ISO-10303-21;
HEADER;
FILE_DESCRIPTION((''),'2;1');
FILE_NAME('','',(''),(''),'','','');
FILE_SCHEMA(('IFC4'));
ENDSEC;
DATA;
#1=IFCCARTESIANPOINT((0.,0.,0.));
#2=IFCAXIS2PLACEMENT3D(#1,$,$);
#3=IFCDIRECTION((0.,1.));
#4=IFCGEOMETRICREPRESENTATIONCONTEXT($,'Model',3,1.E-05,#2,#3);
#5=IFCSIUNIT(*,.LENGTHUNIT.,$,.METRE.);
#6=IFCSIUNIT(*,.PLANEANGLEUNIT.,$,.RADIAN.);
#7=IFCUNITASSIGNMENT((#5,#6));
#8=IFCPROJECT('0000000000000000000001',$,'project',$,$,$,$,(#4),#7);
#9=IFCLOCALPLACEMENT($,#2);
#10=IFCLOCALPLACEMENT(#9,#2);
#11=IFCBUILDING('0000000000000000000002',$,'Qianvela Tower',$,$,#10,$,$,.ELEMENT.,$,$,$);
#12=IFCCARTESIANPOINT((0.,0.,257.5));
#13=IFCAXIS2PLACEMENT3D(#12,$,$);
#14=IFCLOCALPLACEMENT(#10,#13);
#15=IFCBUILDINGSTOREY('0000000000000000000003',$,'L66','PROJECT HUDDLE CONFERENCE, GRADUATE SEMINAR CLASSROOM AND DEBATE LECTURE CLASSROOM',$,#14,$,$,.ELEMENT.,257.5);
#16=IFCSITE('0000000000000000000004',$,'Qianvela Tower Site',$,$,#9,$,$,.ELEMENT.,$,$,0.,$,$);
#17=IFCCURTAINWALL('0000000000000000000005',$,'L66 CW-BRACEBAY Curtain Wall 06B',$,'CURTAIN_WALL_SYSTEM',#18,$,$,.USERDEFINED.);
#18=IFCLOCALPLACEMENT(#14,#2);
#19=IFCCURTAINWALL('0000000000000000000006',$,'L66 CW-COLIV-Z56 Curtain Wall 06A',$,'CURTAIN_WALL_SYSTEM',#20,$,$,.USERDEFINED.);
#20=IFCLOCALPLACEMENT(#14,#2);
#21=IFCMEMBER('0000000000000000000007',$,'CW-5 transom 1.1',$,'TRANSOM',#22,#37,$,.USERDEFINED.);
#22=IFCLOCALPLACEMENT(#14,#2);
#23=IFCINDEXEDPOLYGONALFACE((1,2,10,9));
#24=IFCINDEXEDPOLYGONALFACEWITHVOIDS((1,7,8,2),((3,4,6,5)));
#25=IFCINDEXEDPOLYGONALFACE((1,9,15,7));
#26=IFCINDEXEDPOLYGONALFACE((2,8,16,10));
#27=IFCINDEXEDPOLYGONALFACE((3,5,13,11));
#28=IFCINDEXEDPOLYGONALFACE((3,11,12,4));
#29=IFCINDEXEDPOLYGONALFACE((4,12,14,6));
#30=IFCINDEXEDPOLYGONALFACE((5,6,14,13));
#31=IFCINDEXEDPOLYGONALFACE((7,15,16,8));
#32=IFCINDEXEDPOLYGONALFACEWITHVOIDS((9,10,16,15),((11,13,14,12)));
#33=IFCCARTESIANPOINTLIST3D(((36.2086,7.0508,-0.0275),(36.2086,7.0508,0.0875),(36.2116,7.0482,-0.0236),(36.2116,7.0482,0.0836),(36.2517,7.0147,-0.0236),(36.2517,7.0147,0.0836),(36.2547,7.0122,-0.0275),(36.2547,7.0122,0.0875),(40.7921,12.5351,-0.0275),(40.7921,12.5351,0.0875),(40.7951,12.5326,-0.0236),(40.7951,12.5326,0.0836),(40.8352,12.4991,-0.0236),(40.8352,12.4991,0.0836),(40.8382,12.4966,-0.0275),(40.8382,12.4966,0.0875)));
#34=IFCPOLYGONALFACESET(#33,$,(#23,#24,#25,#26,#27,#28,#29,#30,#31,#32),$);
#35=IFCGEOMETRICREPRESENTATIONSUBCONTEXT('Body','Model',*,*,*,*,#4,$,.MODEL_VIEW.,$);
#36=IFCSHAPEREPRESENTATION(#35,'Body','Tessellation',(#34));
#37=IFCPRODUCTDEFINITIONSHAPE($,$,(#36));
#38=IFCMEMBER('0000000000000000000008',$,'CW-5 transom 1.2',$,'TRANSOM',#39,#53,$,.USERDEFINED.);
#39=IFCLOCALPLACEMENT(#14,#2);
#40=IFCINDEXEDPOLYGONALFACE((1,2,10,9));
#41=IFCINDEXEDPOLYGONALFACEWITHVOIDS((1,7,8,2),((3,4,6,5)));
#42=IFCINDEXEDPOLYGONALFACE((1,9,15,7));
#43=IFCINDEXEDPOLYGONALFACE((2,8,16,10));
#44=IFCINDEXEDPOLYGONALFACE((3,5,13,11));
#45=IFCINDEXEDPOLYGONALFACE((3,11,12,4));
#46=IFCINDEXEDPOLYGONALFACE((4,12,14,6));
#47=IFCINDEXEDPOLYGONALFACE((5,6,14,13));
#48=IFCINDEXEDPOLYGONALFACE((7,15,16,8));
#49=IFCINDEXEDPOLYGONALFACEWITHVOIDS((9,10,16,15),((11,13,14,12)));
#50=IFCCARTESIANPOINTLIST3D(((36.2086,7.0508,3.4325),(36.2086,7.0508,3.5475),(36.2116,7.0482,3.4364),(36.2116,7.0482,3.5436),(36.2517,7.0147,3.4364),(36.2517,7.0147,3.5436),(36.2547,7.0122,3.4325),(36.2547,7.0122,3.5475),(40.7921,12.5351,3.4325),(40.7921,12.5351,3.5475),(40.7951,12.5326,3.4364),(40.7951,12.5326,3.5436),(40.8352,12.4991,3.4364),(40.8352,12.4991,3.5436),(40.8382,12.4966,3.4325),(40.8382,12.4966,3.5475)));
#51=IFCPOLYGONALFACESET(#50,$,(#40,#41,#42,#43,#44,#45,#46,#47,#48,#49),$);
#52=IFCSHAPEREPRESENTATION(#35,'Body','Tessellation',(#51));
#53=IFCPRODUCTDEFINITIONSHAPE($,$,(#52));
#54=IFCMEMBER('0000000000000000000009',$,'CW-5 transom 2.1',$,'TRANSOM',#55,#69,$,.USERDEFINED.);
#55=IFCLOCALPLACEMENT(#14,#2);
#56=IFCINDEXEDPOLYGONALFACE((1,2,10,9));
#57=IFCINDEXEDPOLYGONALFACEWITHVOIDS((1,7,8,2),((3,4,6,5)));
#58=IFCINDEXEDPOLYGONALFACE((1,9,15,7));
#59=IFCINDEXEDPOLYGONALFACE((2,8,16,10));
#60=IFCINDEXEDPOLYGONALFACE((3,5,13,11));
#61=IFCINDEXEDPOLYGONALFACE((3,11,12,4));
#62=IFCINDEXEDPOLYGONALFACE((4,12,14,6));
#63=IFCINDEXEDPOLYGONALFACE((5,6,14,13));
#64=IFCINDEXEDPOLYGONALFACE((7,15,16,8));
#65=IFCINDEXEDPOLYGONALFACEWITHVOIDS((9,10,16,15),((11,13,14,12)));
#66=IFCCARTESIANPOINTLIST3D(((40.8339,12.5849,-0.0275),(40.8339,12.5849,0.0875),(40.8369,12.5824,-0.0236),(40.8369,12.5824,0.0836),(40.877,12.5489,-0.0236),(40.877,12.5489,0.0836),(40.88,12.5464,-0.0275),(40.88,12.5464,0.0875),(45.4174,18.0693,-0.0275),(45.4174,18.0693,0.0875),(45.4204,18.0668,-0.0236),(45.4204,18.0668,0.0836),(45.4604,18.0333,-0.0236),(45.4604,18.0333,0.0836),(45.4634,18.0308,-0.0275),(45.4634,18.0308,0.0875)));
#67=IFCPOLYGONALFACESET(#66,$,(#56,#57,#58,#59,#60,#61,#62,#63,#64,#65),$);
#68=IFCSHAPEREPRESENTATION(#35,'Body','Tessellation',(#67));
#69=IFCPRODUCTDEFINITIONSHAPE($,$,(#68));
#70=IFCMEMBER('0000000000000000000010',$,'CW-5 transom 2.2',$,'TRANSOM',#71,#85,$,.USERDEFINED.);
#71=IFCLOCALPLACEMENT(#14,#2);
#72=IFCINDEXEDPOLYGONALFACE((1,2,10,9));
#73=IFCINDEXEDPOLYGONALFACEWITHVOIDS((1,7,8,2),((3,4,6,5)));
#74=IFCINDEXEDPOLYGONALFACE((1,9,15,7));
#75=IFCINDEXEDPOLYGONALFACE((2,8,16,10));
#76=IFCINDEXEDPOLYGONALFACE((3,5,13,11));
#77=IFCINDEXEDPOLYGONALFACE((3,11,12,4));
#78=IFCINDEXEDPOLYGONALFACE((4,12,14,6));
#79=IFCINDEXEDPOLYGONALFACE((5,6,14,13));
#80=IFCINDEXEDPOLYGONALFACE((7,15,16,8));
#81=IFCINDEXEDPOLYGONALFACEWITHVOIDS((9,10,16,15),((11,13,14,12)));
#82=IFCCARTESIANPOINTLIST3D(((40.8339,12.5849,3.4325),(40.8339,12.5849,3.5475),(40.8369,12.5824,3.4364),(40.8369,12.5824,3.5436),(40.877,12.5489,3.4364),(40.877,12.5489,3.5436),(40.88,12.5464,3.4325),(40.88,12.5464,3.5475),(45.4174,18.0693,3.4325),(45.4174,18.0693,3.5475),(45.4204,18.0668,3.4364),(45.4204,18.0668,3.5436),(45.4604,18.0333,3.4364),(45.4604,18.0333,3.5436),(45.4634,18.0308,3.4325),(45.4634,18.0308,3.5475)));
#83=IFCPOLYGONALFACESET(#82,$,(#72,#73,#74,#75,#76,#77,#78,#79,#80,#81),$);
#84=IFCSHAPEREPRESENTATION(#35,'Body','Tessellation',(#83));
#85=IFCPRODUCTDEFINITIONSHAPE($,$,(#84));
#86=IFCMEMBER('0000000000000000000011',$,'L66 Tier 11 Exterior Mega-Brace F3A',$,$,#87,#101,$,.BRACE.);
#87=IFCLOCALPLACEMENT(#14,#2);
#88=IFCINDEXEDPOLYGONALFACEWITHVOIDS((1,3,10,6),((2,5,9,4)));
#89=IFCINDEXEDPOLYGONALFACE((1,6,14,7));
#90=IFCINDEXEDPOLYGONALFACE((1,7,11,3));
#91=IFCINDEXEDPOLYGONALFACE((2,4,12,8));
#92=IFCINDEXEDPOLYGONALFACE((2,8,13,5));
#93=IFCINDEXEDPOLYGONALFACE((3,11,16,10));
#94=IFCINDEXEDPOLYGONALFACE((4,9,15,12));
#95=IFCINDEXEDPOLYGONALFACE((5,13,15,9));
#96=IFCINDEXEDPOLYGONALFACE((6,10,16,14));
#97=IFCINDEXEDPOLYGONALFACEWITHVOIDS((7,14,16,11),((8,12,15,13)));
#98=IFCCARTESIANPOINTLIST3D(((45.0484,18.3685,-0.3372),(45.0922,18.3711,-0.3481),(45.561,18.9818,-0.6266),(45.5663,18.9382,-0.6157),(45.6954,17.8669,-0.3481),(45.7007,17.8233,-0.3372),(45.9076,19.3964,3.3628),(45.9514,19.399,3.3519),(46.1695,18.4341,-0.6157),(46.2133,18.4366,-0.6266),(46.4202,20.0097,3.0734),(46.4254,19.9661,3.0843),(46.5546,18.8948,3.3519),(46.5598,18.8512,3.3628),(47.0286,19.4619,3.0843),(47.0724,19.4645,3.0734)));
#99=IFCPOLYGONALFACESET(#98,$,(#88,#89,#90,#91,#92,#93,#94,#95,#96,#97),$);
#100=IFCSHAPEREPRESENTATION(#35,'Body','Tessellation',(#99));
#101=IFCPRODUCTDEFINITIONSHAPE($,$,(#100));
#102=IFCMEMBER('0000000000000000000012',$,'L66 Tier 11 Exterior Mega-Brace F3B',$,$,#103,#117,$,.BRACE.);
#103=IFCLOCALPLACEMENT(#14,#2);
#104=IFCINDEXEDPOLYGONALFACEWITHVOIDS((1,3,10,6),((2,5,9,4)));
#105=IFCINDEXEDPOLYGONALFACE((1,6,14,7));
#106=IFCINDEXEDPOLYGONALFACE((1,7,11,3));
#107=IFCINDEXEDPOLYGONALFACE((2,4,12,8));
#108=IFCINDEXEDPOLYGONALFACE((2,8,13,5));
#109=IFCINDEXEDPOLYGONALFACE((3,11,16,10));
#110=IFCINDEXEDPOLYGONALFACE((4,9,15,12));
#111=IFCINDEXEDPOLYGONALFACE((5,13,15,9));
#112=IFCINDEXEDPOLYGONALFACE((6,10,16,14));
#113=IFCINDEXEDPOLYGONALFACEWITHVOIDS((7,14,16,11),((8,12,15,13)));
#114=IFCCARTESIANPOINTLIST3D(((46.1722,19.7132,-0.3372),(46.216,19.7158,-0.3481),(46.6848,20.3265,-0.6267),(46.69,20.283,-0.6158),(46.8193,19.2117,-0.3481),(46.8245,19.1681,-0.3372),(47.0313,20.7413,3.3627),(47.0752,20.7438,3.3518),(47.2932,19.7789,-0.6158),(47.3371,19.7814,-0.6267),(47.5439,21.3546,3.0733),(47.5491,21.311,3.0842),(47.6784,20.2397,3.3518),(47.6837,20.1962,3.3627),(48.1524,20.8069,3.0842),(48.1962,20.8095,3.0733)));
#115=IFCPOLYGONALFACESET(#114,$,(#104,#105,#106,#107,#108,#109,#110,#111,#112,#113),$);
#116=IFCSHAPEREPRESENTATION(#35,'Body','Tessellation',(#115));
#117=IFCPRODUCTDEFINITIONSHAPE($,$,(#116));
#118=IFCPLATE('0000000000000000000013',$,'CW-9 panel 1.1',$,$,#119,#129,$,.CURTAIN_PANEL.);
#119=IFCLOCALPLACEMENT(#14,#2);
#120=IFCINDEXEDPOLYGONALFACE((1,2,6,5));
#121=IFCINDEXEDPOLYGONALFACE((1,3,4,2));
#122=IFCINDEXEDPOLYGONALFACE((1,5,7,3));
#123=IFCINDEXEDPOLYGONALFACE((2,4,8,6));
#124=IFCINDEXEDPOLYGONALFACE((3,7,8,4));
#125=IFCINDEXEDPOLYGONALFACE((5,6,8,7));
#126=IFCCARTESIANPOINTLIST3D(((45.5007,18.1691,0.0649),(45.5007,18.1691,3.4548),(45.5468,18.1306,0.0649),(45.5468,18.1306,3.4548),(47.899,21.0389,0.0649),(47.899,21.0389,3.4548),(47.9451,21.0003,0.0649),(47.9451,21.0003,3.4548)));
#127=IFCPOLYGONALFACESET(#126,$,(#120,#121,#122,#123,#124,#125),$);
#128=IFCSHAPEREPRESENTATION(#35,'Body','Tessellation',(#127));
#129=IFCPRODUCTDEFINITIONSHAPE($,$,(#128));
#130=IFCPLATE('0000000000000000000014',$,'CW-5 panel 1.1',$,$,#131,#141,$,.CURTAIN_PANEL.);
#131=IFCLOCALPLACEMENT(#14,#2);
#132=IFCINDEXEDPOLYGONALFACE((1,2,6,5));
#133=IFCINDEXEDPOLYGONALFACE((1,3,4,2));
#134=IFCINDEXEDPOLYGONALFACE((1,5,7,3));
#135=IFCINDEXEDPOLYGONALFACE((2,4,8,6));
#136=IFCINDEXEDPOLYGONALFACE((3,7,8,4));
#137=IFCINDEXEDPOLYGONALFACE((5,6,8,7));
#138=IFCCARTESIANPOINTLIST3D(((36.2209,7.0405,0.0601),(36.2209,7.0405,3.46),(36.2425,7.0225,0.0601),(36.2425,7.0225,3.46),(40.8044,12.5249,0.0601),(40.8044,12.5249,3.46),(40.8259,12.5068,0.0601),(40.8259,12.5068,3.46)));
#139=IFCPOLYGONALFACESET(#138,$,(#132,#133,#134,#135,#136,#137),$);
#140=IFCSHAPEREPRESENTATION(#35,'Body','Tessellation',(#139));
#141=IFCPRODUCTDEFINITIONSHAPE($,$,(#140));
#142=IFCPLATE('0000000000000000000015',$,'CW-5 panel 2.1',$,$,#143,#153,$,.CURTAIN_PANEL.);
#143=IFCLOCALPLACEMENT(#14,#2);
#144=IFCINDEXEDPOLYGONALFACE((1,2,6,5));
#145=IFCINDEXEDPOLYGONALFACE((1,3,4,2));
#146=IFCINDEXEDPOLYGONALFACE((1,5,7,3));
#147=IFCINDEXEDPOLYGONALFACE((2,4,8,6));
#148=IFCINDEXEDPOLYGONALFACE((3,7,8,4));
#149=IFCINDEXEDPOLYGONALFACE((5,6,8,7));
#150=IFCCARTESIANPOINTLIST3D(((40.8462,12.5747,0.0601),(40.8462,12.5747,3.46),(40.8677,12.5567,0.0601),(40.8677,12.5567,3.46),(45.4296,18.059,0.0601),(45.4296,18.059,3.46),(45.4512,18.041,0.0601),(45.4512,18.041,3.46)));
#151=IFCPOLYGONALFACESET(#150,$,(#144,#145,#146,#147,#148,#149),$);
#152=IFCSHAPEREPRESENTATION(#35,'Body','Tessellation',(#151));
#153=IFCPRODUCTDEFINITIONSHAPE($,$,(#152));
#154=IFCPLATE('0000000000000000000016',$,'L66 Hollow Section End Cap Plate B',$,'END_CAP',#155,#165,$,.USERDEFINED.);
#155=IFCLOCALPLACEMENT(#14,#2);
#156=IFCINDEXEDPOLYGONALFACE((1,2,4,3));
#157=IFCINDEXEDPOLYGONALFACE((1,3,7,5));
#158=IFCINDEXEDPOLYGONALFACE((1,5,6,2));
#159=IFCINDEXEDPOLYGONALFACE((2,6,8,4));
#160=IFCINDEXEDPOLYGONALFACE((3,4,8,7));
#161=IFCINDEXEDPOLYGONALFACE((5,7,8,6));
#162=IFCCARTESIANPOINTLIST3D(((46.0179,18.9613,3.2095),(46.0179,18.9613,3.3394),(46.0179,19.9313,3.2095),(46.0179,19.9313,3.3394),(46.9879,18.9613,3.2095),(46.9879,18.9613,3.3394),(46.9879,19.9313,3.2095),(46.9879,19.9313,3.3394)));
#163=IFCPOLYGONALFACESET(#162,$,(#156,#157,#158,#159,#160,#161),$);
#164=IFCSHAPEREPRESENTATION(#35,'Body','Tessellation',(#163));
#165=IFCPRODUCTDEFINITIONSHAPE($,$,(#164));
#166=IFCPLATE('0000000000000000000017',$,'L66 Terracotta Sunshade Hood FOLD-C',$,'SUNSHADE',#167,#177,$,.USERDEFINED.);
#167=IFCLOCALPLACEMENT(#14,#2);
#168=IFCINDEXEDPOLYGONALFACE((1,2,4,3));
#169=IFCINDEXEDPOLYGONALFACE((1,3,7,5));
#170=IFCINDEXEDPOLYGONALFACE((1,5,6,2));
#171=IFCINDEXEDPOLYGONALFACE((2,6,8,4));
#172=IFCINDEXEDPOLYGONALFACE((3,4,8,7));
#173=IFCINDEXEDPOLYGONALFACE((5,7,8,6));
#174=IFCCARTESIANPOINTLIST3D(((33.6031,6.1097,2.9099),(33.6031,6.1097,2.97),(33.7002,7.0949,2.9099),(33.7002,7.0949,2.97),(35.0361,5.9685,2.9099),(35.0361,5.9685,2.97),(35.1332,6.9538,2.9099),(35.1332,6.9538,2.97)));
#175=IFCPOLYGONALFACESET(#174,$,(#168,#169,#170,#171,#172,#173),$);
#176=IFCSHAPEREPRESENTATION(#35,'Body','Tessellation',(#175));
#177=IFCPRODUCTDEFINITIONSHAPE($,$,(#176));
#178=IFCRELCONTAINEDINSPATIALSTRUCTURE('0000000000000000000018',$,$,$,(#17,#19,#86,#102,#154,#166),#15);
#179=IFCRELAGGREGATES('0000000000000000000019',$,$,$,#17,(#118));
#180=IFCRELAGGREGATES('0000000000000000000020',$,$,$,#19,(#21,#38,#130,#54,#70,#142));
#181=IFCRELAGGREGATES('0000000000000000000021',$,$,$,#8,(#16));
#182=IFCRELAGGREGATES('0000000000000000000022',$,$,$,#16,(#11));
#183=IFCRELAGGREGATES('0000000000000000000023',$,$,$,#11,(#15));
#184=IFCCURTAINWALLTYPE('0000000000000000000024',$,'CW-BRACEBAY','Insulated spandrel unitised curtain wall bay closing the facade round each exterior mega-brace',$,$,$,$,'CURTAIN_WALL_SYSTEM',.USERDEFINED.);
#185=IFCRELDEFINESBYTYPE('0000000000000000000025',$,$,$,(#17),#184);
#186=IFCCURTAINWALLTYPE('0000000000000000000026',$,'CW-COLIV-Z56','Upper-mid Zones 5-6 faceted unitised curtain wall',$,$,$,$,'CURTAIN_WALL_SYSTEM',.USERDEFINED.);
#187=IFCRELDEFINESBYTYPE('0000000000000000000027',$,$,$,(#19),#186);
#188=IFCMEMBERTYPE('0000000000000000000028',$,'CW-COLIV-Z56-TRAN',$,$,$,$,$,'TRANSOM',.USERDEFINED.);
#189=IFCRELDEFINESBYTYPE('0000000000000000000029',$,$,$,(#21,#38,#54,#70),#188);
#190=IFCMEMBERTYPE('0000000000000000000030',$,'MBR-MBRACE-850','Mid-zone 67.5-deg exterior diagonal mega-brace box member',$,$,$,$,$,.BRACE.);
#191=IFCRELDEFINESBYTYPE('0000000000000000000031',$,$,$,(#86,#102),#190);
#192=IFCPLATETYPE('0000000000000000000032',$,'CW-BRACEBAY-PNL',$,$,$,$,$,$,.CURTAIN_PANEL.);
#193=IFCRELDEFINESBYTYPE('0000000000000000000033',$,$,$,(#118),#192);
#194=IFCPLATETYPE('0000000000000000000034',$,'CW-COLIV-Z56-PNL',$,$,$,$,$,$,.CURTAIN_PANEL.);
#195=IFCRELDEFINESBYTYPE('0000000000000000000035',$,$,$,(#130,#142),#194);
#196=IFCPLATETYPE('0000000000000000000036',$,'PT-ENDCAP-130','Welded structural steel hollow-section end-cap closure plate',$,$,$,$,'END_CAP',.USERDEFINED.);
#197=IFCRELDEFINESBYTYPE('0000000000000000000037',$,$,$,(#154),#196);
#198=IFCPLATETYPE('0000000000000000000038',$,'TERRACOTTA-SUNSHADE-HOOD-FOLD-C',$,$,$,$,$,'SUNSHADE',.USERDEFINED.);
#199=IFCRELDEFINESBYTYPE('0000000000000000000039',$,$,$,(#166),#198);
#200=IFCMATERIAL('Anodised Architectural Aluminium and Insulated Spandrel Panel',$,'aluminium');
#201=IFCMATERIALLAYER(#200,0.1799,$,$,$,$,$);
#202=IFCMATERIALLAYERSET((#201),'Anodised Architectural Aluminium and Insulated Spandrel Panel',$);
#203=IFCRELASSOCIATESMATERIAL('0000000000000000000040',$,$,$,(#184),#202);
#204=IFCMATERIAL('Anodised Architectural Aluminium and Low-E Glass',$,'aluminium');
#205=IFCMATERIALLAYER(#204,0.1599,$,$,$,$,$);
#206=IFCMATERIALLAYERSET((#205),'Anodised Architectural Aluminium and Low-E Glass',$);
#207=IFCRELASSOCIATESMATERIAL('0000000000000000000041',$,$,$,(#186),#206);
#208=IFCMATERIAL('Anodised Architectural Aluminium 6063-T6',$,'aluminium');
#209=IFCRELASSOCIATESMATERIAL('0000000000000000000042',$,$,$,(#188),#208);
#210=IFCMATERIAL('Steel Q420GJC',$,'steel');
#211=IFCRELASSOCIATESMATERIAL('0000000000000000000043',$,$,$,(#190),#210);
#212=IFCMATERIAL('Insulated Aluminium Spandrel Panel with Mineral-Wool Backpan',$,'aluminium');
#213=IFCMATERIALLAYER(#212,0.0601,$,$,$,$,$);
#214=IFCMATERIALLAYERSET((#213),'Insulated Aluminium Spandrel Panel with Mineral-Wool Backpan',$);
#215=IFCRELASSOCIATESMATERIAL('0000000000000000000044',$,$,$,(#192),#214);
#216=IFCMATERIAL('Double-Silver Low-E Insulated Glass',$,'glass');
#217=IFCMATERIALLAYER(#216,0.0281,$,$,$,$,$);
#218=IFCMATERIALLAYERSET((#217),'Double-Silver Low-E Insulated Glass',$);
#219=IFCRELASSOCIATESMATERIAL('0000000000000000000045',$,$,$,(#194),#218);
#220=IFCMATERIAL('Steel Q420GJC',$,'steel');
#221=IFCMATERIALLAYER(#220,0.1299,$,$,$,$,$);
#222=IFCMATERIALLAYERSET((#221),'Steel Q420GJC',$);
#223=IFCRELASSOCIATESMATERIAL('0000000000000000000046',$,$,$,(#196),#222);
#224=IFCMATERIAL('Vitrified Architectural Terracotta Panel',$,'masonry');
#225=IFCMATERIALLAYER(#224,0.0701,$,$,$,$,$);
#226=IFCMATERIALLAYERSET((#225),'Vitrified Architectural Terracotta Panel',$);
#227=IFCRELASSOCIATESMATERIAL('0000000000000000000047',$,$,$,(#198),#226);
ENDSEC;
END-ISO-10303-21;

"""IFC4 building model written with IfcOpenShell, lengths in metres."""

from ifc_helpers import new_model, si_unit, direction, frame, origin, origin_2d, place, context, subcontext, project, spatial, rectangle, hollow_rectangle, extrude, material, layer, layer_set, material_profile, profile_set, type_object, element, aggregate, save


model = new_model("IFC4")

# Units and contexts
model_context = context("Model", 3, precision=1e-05, world=origin(), true_north=direction((0.0, 1.0)))
body_context = subcontext(model_context, "Body", "Model", "MODEL_VIEW")
ifc_project = project(units=[si_unit("LENGTHUNIT", "METRE"), si_unit("PLANEANGLEUNIT", "RADIAN")], contexts=[model_context])

# Site, building, storey
site_placement = place(None, origin())
site = spatial("IfcSite", under=ifc_project, at=site_placement, Name="Qianvela Tower Site", CompositionType="ELEMENT", RefElevation=0.0)
building_placement = place(site_placement, origin())
building = spatial("IfcBuilding", under=site, at=building_placement, Name="Qianvela Tower", CompositionType="ELEMENT")
storey_placement = place(building_placement, frame((0.0, 0.0, 257.5)))
storey = spatial("IfcBuildingStorey", under=building, at=storey_placement, Name="L66", Description="PROJECT HUDDLE CONFERENCE, GRADUATE SEMINAR CLASSROOM AND DEBATE LECTURE CLASSROOM", CompositionType="ELEMENT", Elevation=257.5)

# Curtain walls, members
ifc_material_1 = material(Name="Anodised Architectural Aluminium and Insulated Spandrel Panel", Category="aluminium")
ifc_layer_1 = layer(ifc_material_1, 0.1799)
ifc_layer_set_1 = layer_set([ifc_layer_1], Name="Anodised Architectural Aluminium and Insulated Spandrel Panel")
curtain_wall_type_1 = type_object("IfcCurtainWallType", Name="CW-BRACEBAY", Description="Insulated spandrel unitised curtain wall bay closing the facade round each exterior mega-brace", ElementType="CURTAIN_WALL_SYSTEM", PredefinedType="USERDEFINED", material=ifc_layer_set_1)
curtain_wall_1_placement = place(storey_placement, origin())
curtain_wall_1 = element("IfcCurtainWall", 1, at=curtain_wall_1_placement, inside=storey, type_object=curtain_wall_type_1, Name="L66 CW-BRACEBAY Curtain Wall 06B", ObjectType="CURTAIN_WALL_SYSTEM", PredefinedType="USERDEFINED")
ifc_material_2 = material(Name="Anodised Architectural Aluminium and Low-E Glass", Category="aluminium")
ifc_layer_2 = layer(ifc_material_2, 0.1599)
ifc_layer_set_2 = layer_set([ifc_layer_2], Name="Anodised Architectural Aluminium and Low-E Glass")
curtain_wall_type_2 = type_object("IfcCurtainWallType", Name="CW-COLIV-Z56", Description="Upper-mid Zones 5-6 faceted unitised curtain wall", ElementType="CURTAIN_WALL_SYSTEM", PredefinedType="USERDEFINED", material=ifc_layer_set_2)
curtain_wall_2_placement = place(storey_placement, origin())
curtain_wall_2 = element("IfcCurtainWall", 2, at=curtain_wall_2_placement, inside=storey, type_object=curtain_wall_type_2, Name="L66 CW-COLIV-Z56 Curtain Wall 06A", ObjectType="CURTAIN_WALL_SYSTEM", PredefinedType="USERDEFINED")
ifc_material_3 = material(Name="Anodised Architectural Aluminium 6063-T6", Category="aluminium")
ifc_material_profile_1 = material_profile(ifc_material_3, hollow_rectangle(XDim=0.0601, YDim=0.115, WallThickness=0.0039, at=origin_2d()), Name="ALU-TRAN-60x115")
ifc_profile_set_1 = profile_set([ifc_material_profile_1], Name="Anodised Architectural Aluminium 6063-T6")
member_type_1 = type_object("IfcMemberType", Name="CW-COLIV-Z56-TRAN", ElementType="TRANSOM", PredefinedType="USERDEFINED", material=ifc_profile_set_1)
member_1_placement = place(storey_placement, frame((36.2317, 7.0315, 0.03), z_axis=(0.641272, 0.767313, 0.0), x_axis=(-0.767313, 0.641272, 0.0)))
member_1 = element("IfcMember", 3, at=member_1_placement, type_object=member_type_1, Name="CW-5 transom 1.1", ObjectType="TRANSOM", PredefinedType="USERDEFINED", context=body_context, shape_type="SweptSolid", body=[
    extrude(hollow_rectangle(XDim=0.0601, YDim=0.115, WallThickness=0.0039, at=origin_2d()), origin(), (0.0, 0.0, 1.0), 7.1475),
])
member_2_placement = place(storey_placement, frame((36.2317, 7.0315, 3.49), z_axis=(0.641272, 0.767313, 0.0), x_axis=(-0.767313, 0.641272, 0.0)))
member_2 = element("IfcMember", 4, at=member_2_placement, type_object=member_type_1, Name="CW-5 transom 1.2", ObjectType="TRANSOM", PredefinedType="USERDEFINED", context=body_context, shape_type="SweptSolid", body=[
    extrude(hollow_rectangle(XDim=0.0601, YDim=0.115, WallThickness=0.0039, at=origin_2d()), origin(), (0.0, 0.0, 1.0), 7.1475),
])
member_3_placement = place(storey_placement, frame((40.8569, 12.5657, 0.03), z_axis=(0.641272, 0.767313, 0.0), x_axis=(-0.767313, 0.641272, 0.0)))
member_3 = element("IfcMember", 5, at=member_3_placement, type_object=member_type_1, Name="CW-5 transom 2.1", ObjectType="TRANSOM", PredefinedType="USERDEFINED", context=body_context, shape_type="SweptSolid", body=[
    extrude(hollow_rectangle(XDim=0.0601, YDim=0.115, WallThickness=0.0039, at=origin_2d()), origin(), (0.0, 0.0, 1.0), 7.1475),
])
member_4_placement = place(storey_placement, frame((40.8569, 12.5657, 3.49), z_axis=(0.641272, 0.767313, 0.0), x_axis=(-0.767313, 0.641272, 0.0)))
member_4 = element("IfcMember", 6, at=member_4_placement, type_object=member_type_1, Name="CW-5 transom 2.2", ObjectType="TRANSOM", PredefinedType="USERDEFINED", context=body_context, shape_type="SweptSolid", body=[
    extrude(hollow_rectangle(XDim=0.0601, YDim=0.115, WallThickness=0.0039, at=origin_2d()), origin(), (0.0, 0.0, 1.0), 7.1475),
])

# Members
ifc_material_4 = material(Name="Steel Q420GJC", Category="steel")
ifc_material_profile_2 = material_profile(ifc_material_4, hollow_rectangle(XDim=0.8501, YDim=0.8501, WallThickness=0.032, at=origin_2d()), Name="MBOX-850x850x32")
ifc_profile_set_2 = profile_set([ifc_material_profile_2], Name="Steel Q420GJC")
member_type_2 = type_object("IfcMemberType", Name="MBR-MBRACE-850", Description="Mid-zone 67.5-deg exterior diagonal mega-brace box member", PredefinedType="BRACE", material=ifc_profile_set_2)
for number, where, z_axis, x_axis, name in (
    (7, (45.6309, 18.4026, -0.4819), (0.218331, 0.261203, 0.940268), (-0.767264, 0.641331, 0.0), "L66 Tier 11 Exterior Mega-Brace F3A"),
    (8, (46.7546, 19.7473, -0.4819), (0.218327, 0.261261, 0.940253), (-0.767339, 0.641241, 0.0), "L66 Tier 11 Exterior Mega-Brace F3B"),
):
    element("IfcMember", number, at=place(storey_placement, frame(where, z_axis=z_axis, x_axis=x_axis)), inside=storey, type_object=member_type_2, Name=name, PredefinedType="BRACE", context=body_context, shape_type="SweptSolid", body=[
        extrude(hollow_rectangle(XDim=0.8501, YDim=0.8501, WallThickness=0.032, at=origin_2d()), origin(), (0.0, 0.0, 1.0), 3.9351),
    ])

# Plates
ifc_material_5 = material(Name="Insulated Aluminium Spandrel Panel with Mineral-Wool Backpan", Category="aluminium")
ifc_layer_3 = layer(ifc_material_5, 0.0601)
ifc_layer_set_3 = layer_set([ifc_layer_3], Name="Insulated Aluminium Spandrel Panel with Mineral-Wool Backpan")
plate_type_1 = type_object("IfcPlateType", Name="CW-BRACEBAY-PNL", PredefinedType="CURTAIN_PANEL", material=ifc_layer_set_3)
plate_1_placement = place(storey_placement, frame((46.7229, 19.5847, 0.0649), z_axis=(0.0, 0.0, 1.0), x_axis=(0.641269, 0.767316, 0.0)))
plate_1 = element("IfcPlate", 9, at=plate_1_placement, type_object=plate_type_1, Name="CW-9 panel 1.1", PredefinedType="CURTAIN_PANEL", context=body_context, shape_type="SweptSolid", body=[
    extrude(rectangle(XDim=3.74, YDim=0.0601, at=origin_2d()), origin(), (0.0, 0.0, 1.0), 3.3899),
])
aggregate(curtain_wall_1, [plate_1])
ifc_material_6 = material(Name="Double-Silver Low-E Insulated Glass", Category="glass")
ifc_layer_4 = layer(ifc_material_6, 0.0281)
ifc_layer_set_4 = layer_set([ifc_layer_4], Name="Double-Silver Low-E Insulated Glass")
plate_type_2 = type_object("IfcPlateType", Name="CW-COLIV-Z56-PNL", PredefinedType="CURTAIN_PANEL", material=ifc_layer_set_4)
plate_2_placement = place(storey_placement, frame((38.5234, 9.7737, 0.0601), z_axis=(0.0, 0.0, 1.0), x_axis=(0.641273, 0.767313, 0.0)))
plate_2 = element("IfcPlate", 10, at=plate_2_placement, type_object=plate_type_2, Name="CW-5 panel 1.1", PredefinedType="CURTAIN_PANEL", context=body_context, shape_type="SweptSolid", body=[
    extrude(rectangle(XDim=7.1475, YDim=0.0281, at=origin_2d()), origin(), (0.0, 0.0, 1.0), 3.3999),
])
plate_3_placement = place(storey_placement, frame((43.1487, 15.3079, 0.0601), z_axis=(0.0, 0.0, 1.0), x_axis=(0.641273, 0.767313, 0.0)))
plate_3 = element("IfcPlate", 11, at=plate_3_placement, type_object=plate_type_2, Name="CW-5 panel 2.1", PredefinedType="CURTAIN_PANEL", context=body_context, shape_type="SweptSolid", body=[
    extrude(rectangle(XDim=7.1475, YDim=0.0281, at=origin_2d()), origin(), (0.0, 0.0, 1.0), 3.3999),
])
aggregate(curtain_wall_2, [member_1, member_2, plate_2, member_3, member_4, plate_3])

# Plates
ifc_material_7 = material(Name="Steel Q420GJC", Category="steel")
ifc_layer_5 = layer(ifc_material_7, 0.1299)
ifc_layer_set_5 = layer_set([ifc_layer_5], Name="Steel Q420GJC")
plate_type_3 = type_object("IfcPlateType", Name="PT-ENDCAP-130", Description="Welded structural steel hollow-section end-cap closure plate", ElementType="END_CAP", PredefinedType="USERDEFINED", material=ifc_layer_set_5)
plate_4_placement = place(storey_placement, frame((46.5029, 19.4463, 3.2095), z_axis=(0.0, 0.0, 1.0), x_axis=(1.0, 0.0, 0.0)))
element("IfcPlate", 12, at=plate_4_placement, inside=storey, type_object=plate_type_3, Name="L66 Hollow Section End Cap Plate B", ObjectType="END_CAP", PredefinedType="USERDEFINED", context=body_context, shape_type="SweptSolid", body=[
    extrude(rectangle(XDim=0.97, YDim=0.97, at=origin_2d()), origin(), (0.0, 0.0, 1.0), 0.1299),
])
ifc_material_8 = material(Name="Vitrified Architectural Terracotta Panel", Category="masonry")
ifc_layer_6 = layer(ifc_material_8, 0.0701)
ifc_layer_set_6 = layer_set([ifc_layer_6], Name="Vitrified Architectural Terracotta Panel")
plate_type_4 = type_object("IfcPlateType", Name="TERRACOTTA-SUNSHADE-HOOD-FOLD-C", ElementType="SUNSHADE", PredefinedType="USERDEFINED", material=ifc_layer_set_6)
plate_5_placement = place(storey_placement, frame((34.3682, 6.5317, 2.9099), z_axis=(0.0, 0.0, 1.0), x_axis=(0.995181, -0.09805, 0.0)))
element("IfcPlate", 13, at=plate_5_placement, inside=storey, type_object=plate_type_4, Name="L66 Terracotta Sunshade Hood FOLD-C", ObjectType="SUNSHADE", PredefinedType="USERDEFINED", context=body_context, shape_type="SweptSolid", body=[
    extrude(rectangle(XDim=1.4399, YDim=0.99, at=origin_2d()), origin(), (0.0, 0.0, 1.0), 0.0601),
])

save(model, "model.ifc")
